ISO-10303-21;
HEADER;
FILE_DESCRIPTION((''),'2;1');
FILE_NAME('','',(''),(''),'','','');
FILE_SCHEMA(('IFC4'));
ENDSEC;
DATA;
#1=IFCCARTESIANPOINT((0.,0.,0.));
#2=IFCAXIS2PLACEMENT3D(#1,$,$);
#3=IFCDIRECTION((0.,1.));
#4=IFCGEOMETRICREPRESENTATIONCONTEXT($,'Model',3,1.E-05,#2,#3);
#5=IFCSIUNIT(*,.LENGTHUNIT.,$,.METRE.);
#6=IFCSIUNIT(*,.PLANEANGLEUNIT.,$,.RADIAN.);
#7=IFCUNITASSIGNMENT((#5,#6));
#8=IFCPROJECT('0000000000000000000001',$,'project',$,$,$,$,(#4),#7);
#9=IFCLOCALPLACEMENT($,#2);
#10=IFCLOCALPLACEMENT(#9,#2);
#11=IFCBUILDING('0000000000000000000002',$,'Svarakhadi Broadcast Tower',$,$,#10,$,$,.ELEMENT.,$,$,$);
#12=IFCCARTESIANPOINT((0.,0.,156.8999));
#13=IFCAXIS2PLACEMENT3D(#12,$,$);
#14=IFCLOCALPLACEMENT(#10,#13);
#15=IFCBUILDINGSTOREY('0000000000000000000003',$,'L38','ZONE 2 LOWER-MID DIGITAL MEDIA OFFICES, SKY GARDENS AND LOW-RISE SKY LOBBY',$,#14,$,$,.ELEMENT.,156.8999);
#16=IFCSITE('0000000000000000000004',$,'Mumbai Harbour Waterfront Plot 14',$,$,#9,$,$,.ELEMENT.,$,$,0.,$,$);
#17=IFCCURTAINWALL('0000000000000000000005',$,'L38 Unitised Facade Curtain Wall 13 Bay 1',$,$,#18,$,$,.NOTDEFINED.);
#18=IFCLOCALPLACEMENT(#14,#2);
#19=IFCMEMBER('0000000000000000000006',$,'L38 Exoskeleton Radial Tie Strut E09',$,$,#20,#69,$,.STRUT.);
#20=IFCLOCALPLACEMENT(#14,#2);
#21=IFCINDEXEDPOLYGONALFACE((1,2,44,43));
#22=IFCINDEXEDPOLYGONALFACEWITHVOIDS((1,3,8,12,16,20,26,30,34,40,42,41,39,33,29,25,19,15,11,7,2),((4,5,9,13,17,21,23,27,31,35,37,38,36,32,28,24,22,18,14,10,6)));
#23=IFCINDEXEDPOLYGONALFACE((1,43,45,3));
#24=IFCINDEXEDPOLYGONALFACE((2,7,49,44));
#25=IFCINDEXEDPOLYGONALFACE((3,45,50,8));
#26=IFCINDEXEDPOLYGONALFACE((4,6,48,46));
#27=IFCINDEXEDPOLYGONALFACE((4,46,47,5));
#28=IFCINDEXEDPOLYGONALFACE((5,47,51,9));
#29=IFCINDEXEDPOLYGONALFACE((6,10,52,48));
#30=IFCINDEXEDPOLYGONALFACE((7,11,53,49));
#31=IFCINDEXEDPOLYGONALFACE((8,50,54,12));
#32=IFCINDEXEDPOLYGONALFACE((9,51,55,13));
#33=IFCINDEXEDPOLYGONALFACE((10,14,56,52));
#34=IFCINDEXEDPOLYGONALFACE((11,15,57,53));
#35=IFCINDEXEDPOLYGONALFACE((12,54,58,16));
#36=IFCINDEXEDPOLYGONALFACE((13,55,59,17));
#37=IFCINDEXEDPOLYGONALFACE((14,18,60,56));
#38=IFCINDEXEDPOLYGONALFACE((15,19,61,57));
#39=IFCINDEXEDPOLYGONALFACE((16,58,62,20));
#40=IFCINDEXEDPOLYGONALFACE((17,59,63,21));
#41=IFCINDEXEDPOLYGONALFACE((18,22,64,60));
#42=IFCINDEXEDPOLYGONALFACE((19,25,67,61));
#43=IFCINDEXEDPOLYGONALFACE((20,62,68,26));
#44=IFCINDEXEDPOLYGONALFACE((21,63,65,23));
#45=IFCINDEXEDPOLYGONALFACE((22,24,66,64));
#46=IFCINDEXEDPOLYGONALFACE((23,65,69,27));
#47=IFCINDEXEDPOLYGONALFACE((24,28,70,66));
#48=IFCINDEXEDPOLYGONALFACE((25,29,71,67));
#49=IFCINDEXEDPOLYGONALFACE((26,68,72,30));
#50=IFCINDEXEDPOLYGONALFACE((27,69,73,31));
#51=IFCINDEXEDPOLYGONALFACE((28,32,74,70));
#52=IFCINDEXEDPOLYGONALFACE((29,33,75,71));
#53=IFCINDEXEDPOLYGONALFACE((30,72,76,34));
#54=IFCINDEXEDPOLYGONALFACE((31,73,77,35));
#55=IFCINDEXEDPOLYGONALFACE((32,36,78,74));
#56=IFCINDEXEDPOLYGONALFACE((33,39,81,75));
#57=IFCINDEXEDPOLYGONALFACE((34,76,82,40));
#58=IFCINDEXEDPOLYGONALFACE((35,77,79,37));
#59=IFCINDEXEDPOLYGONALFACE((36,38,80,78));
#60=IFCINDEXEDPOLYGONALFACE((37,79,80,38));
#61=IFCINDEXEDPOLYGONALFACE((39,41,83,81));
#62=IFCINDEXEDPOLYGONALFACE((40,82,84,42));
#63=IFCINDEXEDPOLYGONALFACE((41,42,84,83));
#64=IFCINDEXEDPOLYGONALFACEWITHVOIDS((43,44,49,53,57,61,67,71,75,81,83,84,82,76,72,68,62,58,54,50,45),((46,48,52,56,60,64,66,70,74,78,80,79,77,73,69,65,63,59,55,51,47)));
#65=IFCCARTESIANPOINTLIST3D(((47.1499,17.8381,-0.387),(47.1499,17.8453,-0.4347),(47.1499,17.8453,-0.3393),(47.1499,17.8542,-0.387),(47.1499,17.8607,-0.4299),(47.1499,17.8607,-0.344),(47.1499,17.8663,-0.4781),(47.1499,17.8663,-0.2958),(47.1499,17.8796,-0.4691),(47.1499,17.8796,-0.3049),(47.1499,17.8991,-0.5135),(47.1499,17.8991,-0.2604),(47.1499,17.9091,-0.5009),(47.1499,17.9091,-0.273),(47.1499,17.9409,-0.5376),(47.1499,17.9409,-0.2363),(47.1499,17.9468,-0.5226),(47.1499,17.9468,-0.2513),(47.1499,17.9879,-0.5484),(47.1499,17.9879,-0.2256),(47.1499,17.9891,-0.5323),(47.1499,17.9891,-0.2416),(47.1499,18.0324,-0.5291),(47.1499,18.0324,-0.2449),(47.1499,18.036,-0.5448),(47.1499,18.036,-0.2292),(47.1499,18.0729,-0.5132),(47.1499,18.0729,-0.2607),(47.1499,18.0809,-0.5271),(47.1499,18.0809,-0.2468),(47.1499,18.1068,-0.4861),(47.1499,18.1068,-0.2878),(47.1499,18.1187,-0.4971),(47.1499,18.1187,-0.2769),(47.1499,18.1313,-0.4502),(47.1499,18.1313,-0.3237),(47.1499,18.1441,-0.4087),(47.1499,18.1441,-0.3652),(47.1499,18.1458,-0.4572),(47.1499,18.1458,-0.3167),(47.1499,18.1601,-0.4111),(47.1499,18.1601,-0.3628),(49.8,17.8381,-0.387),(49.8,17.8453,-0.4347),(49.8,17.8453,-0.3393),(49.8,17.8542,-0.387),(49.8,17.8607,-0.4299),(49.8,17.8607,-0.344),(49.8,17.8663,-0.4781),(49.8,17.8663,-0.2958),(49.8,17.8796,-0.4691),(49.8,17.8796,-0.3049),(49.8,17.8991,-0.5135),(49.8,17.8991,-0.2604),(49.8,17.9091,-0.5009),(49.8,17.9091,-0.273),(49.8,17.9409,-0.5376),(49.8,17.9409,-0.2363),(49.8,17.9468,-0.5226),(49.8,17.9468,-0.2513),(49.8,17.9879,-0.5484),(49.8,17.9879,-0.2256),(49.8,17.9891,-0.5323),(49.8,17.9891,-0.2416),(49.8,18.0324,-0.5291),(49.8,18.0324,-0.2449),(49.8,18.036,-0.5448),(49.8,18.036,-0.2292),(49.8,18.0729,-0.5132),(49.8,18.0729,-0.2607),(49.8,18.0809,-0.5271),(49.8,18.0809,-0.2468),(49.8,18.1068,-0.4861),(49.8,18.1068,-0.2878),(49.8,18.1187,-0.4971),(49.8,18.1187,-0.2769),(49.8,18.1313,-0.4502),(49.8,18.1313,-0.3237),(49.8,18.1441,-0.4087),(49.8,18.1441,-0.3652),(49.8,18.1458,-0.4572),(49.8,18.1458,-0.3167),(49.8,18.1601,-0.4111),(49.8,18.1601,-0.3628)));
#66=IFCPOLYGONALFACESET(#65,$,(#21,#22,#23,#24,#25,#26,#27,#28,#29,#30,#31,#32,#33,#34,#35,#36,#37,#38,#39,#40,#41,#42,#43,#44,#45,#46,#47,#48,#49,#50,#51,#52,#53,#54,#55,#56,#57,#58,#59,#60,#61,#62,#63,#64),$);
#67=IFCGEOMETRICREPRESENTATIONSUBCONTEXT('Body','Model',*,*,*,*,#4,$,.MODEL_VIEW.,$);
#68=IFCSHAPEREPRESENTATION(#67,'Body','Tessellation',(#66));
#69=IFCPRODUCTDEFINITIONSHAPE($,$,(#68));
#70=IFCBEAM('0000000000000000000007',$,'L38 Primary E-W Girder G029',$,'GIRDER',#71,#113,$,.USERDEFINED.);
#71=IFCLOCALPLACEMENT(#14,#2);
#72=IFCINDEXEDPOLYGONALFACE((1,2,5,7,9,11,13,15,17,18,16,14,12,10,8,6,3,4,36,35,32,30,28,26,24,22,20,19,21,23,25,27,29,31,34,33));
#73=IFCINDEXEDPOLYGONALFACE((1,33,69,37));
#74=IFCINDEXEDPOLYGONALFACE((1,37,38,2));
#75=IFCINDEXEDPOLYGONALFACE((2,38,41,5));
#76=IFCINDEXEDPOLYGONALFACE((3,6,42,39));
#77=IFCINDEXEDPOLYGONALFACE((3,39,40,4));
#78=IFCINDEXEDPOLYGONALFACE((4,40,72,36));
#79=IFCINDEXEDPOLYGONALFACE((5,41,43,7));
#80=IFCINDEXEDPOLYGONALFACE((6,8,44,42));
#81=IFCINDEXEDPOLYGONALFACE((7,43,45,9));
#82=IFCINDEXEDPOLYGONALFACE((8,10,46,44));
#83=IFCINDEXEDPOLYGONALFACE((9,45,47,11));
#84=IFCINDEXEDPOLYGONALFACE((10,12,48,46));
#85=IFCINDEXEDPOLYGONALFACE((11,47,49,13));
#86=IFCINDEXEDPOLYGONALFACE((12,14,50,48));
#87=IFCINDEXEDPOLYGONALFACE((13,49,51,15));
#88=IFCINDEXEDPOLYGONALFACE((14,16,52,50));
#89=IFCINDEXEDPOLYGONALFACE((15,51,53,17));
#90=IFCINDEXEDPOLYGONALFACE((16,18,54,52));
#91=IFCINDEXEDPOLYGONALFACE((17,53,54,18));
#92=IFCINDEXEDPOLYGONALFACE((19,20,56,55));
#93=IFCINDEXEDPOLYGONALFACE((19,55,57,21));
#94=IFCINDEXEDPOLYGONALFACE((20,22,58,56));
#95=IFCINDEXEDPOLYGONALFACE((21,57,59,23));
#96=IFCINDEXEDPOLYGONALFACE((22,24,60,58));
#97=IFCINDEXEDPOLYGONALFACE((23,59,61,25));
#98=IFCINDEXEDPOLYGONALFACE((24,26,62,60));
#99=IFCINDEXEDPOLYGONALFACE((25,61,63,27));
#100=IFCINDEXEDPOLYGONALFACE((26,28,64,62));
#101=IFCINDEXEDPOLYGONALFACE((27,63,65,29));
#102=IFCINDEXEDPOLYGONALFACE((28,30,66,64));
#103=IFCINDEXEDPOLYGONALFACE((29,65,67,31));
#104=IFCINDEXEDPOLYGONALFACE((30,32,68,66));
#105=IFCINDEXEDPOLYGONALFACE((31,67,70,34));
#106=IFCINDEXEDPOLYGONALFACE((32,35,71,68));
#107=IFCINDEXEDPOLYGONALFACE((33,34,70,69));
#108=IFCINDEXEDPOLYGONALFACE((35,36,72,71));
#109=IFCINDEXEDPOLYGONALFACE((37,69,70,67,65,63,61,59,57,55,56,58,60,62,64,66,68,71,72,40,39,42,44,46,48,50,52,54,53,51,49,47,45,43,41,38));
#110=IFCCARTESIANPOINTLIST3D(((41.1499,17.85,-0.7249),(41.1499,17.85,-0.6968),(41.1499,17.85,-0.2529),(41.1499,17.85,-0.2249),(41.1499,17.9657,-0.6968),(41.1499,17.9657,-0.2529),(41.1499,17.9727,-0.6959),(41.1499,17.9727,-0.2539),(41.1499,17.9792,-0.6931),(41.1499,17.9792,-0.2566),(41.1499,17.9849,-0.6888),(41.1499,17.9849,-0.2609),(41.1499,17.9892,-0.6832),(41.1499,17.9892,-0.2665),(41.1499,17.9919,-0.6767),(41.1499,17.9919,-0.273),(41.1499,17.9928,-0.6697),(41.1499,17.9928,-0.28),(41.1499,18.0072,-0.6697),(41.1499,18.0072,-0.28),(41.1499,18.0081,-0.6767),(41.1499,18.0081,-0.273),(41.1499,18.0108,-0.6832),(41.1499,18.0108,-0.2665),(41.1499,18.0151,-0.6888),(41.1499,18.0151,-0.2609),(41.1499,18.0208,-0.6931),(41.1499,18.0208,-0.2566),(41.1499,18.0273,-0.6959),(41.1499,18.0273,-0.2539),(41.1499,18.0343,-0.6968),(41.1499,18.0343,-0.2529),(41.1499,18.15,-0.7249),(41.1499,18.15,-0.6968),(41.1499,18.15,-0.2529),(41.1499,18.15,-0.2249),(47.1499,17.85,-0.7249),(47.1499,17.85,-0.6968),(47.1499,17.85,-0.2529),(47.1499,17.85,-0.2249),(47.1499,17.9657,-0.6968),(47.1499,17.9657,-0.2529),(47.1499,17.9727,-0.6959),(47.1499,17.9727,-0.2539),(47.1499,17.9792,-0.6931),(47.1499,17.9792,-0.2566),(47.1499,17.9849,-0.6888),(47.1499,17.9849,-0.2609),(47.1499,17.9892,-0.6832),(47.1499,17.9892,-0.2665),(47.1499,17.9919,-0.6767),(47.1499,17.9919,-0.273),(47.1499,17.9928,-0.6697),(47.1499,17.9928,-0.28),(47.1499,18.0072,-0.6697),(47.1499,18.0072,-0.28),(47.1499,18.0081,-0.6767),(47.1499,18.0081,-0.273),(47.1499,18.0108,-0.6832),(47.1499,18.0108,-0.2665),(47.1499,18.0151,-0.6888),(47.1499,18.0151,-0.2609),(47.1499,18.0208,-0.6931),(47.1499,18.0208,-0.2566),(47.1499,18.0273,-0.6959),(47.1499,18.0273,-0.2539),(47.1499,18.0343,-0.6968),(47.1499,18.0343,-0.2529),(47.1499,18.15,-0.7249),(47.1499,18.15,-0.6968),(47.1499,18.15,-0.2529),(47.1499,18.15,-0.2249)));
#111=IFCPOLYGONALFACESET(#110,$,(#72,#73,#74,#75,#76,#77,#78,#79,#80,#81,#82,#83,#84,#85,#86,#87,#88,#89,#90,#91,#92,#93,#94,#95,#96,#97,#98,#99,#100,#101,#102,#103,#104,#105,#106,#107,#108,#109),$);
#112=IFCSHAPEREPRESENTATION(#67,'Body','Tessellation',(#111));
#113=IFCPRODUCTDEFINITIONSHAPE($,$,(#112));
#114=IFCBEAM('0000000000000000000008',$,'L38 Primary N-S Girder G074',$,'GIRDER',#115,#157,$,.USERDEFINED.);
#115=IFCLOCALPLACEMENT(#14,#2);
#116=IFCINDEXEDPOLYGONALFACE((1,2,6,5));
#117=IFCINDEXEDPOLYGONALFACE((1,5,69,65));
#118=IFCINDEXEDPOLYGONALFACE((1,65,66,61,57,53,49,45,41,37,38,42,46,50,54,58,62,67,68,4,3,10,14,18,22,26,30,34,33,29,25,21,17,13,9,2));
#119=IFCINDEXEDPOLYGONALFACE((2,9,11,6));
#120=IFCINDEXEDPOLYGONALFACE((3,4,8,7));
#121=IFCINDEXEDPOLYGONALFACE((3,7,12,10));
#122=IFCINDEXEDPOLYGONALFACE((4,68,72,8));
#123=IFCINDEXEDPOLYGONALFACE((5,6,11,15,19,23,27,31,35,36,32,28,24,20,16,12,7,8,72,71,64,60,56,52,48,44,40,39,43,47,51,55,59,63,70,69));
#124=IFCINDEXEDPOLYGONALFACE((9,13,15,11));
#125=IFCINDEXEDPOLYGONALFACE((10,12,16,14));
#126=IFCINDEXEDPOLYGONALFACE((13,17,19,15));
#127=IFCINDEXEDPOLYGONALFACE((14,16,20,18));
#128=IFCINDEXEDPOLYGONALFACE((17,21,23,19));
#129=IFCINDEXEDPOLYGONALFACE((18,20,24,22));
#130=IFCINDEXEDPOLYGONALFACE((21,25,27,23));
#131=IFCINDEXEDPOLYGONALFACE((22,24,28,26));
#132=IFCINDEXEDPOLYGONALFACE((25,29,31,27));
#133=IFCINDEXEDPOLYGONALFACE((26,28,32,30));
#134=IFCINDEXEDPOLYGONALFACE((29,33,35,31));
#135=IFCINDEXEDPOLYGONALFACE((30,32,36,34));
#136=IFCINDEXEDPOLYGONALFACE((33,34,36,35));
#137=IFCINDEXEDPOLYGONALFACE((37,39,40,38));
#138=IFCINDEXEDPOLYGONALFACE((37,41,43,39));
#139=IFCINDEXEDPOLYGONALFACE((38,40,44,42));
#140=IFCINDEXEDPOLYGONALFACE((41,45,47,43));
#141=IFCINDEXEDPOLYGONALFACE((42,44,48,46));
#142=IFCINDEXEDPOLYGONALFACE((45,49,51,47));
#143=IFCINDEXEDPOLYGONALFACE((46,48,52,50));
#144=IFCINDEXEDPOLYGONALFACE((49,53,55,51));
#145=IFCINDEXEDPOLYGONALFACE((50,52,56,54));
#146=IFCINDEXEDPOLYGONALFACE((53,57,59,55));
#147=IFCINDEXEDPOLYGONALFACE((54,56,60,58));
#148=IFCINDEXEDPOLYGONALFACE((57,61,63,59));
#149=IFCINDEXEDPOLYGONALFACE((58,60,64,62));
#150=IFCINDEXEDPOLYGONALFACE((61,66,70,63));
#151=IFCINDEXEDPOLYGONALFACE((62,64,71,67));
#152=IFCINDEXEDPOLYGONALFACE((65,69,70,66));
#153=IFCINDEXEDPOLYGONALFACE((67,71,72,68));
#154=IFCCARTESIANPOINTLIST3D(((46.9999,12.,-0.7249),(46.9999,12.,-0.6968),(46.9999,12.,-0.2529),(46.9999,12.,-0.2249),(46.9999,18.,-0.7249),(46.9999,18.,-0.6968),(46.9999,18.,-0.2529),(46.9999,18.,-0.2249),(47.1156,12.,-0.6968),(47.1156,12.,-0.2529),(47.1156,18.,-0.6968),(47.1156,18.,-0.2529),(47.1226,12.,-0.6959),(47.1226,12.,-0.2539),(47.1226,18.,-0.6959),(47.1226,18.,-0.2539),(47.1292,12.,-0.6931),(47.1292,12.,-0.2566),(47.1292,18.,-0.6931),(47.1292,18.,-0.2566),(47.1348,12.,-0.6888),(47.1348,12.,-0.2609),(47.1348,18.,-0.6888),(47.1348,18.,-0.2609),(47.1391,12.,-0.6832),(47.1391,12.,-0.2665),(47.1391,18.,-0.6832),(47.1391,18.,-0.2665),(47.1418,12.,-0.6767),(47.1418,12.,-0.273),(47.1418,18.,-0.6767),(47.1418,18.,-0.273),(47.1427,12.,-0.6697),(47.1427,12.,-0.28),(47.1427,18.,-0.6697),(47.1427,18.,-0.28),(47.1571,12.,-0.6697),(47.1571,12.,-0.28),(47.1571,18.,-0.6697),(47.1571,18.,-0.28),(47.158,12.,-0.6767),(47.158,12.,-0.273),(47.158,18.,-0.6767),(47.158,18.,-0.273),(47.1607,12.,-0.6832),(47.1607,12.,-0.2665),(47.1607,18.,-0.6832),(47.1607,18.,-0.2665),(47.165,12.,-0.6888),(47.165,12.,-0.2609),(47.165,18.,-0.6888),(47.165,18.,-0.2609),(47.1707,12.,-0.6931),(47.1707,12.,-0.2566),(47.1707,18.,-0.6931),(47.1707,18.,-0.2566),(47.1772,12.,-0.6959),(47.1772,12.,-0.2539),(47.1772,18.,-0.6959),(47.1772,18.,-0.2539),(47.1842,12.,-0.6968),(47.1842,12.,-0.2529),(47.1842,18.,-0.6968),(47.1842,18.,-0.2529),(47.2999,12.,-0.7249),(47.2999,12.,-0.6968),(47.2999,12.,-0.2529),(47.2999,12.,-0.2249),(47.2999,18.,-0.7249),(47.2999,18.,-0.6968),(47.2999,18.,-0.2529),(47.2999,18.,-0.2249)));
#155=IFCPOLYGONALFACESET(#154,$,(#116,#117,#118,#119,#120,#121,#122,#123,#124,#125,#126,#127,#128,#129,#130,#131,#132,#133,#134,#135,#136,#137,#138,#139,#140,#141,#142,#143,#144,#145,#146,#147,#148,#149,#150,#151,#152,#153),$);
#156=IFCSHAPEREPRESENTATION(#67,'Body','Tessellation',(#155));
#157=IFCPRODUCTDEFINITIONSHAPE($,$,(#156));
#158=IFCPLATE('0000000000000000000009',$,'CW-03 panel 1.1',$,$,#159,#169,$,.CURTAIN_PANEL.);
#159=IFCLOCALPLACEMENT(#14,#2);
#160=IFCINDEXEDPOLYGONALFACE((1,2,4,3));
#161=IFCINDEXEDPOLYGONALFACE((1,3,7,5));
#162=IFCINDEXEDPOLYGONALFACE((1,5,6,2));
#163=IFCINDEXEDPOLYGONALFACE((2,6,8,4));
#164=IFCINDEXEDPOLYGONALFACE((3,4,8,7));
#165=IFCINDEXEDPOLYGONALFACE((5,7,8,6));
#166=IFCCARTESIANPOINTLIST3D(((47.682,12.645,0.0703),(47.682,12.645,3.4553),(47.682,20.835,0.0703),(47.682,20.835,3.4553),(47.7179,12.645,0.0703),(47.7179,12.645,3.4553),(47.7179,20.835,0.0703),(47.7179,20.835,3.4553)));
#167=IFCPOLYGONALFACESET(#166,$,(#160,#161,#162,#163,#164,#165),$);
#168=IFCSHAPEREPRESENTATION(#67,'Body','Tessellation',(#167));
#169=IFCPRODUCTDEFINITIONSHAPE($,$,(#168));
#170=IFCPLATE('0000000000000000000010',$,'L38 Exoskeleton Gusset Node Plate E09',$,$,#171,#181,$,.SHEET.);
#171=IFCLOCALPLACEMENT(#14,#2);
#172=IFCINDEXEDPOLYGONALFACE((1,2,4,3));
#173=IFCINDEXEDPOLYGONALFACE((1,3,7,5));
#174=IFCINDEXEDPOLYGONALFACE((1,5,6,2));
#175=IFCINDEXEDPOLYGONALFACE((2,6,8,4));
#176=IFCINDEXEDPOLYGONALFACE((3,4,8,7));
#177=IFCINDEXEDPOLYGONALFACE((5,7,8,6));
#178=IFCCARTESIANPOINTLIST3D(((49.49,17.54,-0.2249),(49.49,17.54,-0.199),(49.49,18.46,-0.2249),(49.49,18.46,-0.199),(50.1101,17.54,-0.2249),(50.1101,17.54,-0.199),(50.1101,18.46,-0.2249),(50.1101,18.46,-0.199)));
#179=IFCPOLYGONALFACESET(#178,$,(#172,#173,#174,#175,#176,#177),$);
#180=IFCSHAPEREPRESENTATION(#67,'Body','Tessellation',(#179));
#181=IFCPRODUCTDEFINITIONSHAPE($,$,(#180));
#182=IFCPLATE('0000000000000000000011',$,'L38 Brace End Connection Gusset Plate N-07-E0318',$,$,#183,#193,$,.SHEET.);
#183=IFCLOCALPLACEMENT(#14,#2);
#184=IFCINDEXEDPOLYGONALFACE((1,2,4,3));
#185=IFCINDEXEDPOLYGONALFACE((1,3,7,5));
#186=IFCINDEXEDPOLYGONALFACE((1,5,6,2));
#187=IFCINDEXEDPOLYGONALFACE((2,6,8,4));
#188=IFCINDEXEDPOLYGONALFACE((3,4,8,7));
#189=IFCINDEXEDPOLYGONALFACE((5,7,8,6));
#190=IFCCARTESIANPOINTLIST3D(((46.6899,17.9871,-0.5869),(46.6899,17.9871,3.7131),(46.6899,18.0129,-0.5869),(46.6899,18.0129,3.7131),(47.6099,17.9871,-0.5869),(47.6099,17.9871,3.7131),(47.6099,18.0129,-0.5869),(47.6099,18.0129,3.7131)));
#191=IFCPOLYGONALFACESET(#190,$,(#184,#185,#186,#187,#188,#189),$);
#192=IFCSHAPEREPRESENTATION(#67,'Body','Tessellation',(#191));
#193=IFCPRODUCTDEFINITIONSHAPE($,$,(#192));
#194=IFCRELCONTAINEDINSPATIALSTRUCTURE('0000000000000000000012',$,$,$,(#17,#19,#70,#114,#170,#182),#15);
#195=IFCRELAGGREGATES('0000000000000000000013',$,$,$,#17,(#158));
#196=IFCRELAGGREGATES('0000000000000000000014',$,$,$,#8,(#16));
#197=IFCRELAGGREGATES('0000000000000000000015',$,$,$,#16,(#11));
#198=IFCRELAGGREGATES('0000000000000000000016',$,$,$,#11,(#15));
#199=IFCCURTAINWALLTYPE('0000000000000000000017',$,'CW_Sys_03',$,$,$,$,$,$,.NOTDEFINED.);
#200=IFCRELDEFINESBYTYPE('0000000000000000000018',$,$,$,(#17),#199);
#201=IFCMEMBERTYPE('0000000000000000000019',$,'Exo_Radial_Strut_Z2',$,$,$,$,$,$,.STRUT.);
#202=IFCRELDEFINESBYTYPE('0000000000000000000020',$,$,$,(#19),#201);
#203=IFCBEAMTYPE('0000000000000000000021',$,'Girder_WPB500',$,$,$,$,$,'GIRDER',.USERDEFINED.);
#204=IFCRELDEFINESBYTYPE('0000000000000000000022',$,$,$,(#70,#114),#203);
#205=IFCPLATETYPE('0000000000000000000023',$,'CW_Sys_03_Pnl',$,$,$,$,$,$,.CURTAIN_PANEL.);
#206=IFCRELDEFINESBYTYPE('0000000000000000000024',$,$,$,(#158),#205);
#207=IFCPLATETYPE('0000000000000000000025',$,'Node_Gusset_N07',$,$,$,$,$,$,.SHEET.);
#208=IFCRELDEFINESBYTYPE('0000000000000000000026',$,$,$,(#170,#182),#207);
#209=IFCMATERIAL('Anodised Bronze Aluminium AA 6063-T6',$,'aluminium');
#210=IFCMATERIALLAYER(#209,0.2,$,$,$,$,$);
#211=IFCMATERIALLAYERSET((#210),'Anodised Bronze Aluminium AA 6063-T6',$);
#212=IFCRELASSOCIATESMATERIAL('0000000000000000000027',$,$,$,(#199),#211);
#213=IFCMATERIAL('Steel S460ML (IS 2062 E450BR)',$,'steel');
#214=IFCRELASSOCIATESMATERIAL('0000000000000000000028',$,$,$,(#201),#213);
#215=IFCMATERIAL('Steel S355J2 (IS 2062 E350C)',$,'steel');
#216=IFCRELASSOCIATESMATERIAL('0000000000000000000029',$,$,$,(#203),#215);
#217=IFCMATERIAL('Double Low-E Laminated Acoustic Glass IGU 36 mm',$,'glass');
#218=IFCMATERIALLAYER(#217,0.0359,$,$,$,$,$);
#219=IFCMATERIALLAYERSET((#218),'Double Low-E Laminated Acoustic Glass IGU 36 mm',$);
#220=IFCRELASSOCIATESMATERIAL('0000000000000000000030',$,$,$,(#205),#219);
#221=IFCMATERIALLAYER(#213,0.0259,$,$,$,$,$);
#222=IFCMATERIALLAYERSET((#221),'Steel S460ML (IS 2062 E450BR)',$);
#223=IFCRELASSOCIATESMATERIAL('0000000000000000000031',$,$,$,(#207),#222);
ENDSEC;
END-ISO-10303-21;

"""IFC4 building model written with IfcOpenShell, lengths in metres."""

from ifc_helpers import new_model, si_unit, direction, frame, origin, origin_2d, place, context, subcontext, project, spatial, rectangle, hollow_circle, i_section, extrude, material, layer, layer_set, material_profile, profile_set, type_object, element, aggregate, save


model = new_model("IFC4")

# Units and contexts
model_context = context("Model", 3, precision=1e-05, world=origin(), true_north=direction((0.0, 1.0)))
body_context = subcontext(model_context, "Body", "Model", "MODEL_VIEW")
ifc_project = project(units=[si_unit("LENGTHUNIT", "METRE"), si_unit("PLANEANGLEUNIT", "RADIAN")], contexts=[model_context])

# Site, building, storey
site_placement = place(None, origin())
site = spatial("IfcSite", under=ifc_project, at=site_placement, Name="Mumbai Harbour Waterfront Plot 14", CompositionType="ELEMENT", RefElevation=0.0)
building_placement = place(site_placement, origin())
building = spatial("IfcBuilding", under=site, at=building_placement, Name="Svarakhadi Broadcast Tower", CompositionType="ELEMENT")
storey_placement = place(building_placement, frame((0.0, 0.0, 156.8999)))
storey = spatial("IfcBuildingStorey", under=building, at=storey_placement, Name="L38", Description="ZONE 2 LOWER-MID DIGITAL MEDIA OFFICES, SKY GARDENS AND LOW-RISE SKY LOBBY", CompositionType="ELEMENT", Elevation=156.8999)

# Shared definitions
ifc_material_1 = material(Name="Steel S460ML (IS 2062 E450BR)", Category="steel")

# Shared definitions
ifc_material_2 = material(Name="Steel S355J2 (IS 2062 E350C)", Category="steel")

# Curtain wall
ifc_material_3 = material(Name="Anodised Bronze Aluminium AA 6063-T6", Category="aluminium")
ifc_layer_1 = layer(ifc_material_3, 0.2)
ifc_layer_set_1 = layer_set([ifc_layer_1], Name="Anodised Bronze Aluminium AA 6063-T6")
curtain_wall_type = type_object("IfcCurtainWallType", Name="CW_Sys_03", PredefinedType="NOTDEFINED", material=ifc_layer_set_1)
curtain_wall_placement = place(storey_placement, origin())
curtain_wall = element("IfcCurtainWall", 1, at=curtain_wall_placement, inside=storey, type_object=curtain_wall_type, Name="L38 Unitised Facade Curtain Wall 13 Bay 1", PredefinedType="NOTDEFINED")

# Member
ifc_material_profile_1 = material_profile(ifc_material_1, hollow_circle(Radius=0.1619, WallThickness=0.0161, at=origin_2d()), Name="CHS 323.9x16")
ifc_profile_set_1 = profile_set([ifc_material_profile_1], Name="Steel S460ML (IS 2062 E450BR)")
member_type_1 = type_object("IfcMemberType", Name="Exo_Radial_Strut_Z2", PredefinedType="STRUT", material=ifc_profile_set_1)
member_1_placement = place(storey_placement, frame((49.8, 18.0, -0.387), z_axis=(-1.0, 0.0, 0.0), x_axis=(0.0, -1.0, 0.0)))
element("IfcMember", 2, at=member_1_placement, inside=storey, type_object=member_type_1, Name="L38 Exoskeleton Radial Tie Strut E09", PredefinedType="STRUT", context=body_context, shape_type="SweptSolid", body=[
    extrude(hollow_circle(Radius=0.1619, WallThickness=0.0161, at=origin_2d()), origin(), (0.0, 0.0, 1.0), 2.6501),
])

# Beams
ifc_material_profile_2 = material_profile(ifc_material_2, i_section(OverallWidth=0.3, OverallDepth=0.5, WebThickness=0.0144, FlangeThickness=0.0281, FilletRadius=0.0271, at=origin_2d()), Name="WPB 500x300x187")
ifc_profile_set_2 = profile_set([ifc_material_profile_2], Name="Steel S355J2 (IS 2062 E350C)")
beam_type_1 = type_object("IfcBeamType", Name="Girder_WPB500", ElementType="GIRDER", PredefinedType="USERDEFINED", material=ifc_profile_set_2)
for number, where, z_axis, x_axis, name in (
    (3, (41.1499, 18.0, -0.4749), (1.0, 0.0, 0.0), (0.0, 1.0, 0.0), "L38 Primary E-W Girder G029"),
    (4, (47.1499, 12.0, -0.4749), (0.0, 1.0, 0.0), (-1.0, 0.0, 0.0), "L38 Primary N-S Girder G074"),
):
    element("IfcBeam", number, at=place(storey_placement, frame(where, z_axis=z_axis, x_axis=x_axis)), inside=storey, type_object=beam_type_1, Name=name, ObjectType="GIRDER", PredefinedType="USERDEFINED", context=body_context, shape_type="SweptSolid", body=[
        extrude(i_section(OverallWidth=0.3, OverallDepth=0.5, WebThickness=0.0144, FlangeThickness=0.0281, FilletRadius=0.0271, at=origin_2d()), origin(), (0.0, 0.0, 1.0), 6.0),
    ])

# Plate
ifc_material_4 = material(Name="Double Low-E Laminated Acoustic Glass IGU 36 mm", Category="glass")
ifc_layer_2 = layer(ifc_material_4, 0.0359)
ifc_layer_set_2 = layer_set([ifc_layer_2], Name="Double Low-E Laminated Acoustic Glass IGU 36 mm")
plate_type_1 = type_object("IfcPlateType", Name="CW_Sys_03_Pnl", PredefinedType="CURTAIN_PANEL", material=ifc_layer_set_2)
plate_1_placement = place(storey_placement, frame((47.7, 16.74, 0.0703), z_axis=(0.0, 0.0, 1.0), x_axis=(0.0, -1.0, 0.0)))
plate_1 = element("IfcPlate", 5, at=plate_1_placement, type_object=plate_type_1, Name="CW-03 panel 1.1", PredefinedType="CURTAIN_PANEL", context=body_context, shape_type="SweptSolid", body=[
    extrude(rectangle(XDim=8.1899, YDim=0.0359, at=origin_2d()), origin(), (0.0, 0.0, 1.0), 3.385),
])
aggregate(curtain_wall, [plate_1])

# Plates
ifc_layer_3 = layer(ifc_material_1, 0.0259)
ifc_layer_set_3 = layer_set([ifc_layer_3], Name="Steel S460ML (IS 2062 E450BR)")
plate_type_2 = type_object("IfcPlateType", Name="Node_Gusset_N07", PredefinedType="SHEET", material=ifc_layer_set_3)
plate_2_placement = place(storey_placement, frame((49.8, 18.0, -0.2249), z_axis=(0.0, 0.0, 1.0), x_axis=(0.0, 1.0, 0.0)))
element("IfcPlate", 6, at=plate_2_placement, inside=storey, type_object=plate_type_2, Name="L38 Exoskeleton Gusset Node Plate E09", PredefinedType="SHEET", context=body_context, shape_type="SweptSolid", body=[
    extrude(rectangle(XDim=0.9199, YDim=0.6201, at=origin_2d()), origin(), (0.0, 0.0, 1.0), 0.0259),
])
plate_3_placement = place(storey_placement, frame((47.1499, 18.0, -0.5869), z_axis=(0.0, 0.0, 1.0), x_axis=(1.0, 0.0, 0.0)))
element("IfcPlate", 7, at=plate_3_placement, inside=storey, type_object=plate_type_2, Name="L38 Brace End Connection Gusset Plate N-07-E0318", PredefinedType="SHEET", context=body_context, shape_type="SweptSolid", body=[
    extrude(rectangle(XDim=0.9199, YDim=0.0259, at=origin_2d()), origin(), (0.0, 0.0, 1.0), 4.3),
])

save(model, "model.ifc")
